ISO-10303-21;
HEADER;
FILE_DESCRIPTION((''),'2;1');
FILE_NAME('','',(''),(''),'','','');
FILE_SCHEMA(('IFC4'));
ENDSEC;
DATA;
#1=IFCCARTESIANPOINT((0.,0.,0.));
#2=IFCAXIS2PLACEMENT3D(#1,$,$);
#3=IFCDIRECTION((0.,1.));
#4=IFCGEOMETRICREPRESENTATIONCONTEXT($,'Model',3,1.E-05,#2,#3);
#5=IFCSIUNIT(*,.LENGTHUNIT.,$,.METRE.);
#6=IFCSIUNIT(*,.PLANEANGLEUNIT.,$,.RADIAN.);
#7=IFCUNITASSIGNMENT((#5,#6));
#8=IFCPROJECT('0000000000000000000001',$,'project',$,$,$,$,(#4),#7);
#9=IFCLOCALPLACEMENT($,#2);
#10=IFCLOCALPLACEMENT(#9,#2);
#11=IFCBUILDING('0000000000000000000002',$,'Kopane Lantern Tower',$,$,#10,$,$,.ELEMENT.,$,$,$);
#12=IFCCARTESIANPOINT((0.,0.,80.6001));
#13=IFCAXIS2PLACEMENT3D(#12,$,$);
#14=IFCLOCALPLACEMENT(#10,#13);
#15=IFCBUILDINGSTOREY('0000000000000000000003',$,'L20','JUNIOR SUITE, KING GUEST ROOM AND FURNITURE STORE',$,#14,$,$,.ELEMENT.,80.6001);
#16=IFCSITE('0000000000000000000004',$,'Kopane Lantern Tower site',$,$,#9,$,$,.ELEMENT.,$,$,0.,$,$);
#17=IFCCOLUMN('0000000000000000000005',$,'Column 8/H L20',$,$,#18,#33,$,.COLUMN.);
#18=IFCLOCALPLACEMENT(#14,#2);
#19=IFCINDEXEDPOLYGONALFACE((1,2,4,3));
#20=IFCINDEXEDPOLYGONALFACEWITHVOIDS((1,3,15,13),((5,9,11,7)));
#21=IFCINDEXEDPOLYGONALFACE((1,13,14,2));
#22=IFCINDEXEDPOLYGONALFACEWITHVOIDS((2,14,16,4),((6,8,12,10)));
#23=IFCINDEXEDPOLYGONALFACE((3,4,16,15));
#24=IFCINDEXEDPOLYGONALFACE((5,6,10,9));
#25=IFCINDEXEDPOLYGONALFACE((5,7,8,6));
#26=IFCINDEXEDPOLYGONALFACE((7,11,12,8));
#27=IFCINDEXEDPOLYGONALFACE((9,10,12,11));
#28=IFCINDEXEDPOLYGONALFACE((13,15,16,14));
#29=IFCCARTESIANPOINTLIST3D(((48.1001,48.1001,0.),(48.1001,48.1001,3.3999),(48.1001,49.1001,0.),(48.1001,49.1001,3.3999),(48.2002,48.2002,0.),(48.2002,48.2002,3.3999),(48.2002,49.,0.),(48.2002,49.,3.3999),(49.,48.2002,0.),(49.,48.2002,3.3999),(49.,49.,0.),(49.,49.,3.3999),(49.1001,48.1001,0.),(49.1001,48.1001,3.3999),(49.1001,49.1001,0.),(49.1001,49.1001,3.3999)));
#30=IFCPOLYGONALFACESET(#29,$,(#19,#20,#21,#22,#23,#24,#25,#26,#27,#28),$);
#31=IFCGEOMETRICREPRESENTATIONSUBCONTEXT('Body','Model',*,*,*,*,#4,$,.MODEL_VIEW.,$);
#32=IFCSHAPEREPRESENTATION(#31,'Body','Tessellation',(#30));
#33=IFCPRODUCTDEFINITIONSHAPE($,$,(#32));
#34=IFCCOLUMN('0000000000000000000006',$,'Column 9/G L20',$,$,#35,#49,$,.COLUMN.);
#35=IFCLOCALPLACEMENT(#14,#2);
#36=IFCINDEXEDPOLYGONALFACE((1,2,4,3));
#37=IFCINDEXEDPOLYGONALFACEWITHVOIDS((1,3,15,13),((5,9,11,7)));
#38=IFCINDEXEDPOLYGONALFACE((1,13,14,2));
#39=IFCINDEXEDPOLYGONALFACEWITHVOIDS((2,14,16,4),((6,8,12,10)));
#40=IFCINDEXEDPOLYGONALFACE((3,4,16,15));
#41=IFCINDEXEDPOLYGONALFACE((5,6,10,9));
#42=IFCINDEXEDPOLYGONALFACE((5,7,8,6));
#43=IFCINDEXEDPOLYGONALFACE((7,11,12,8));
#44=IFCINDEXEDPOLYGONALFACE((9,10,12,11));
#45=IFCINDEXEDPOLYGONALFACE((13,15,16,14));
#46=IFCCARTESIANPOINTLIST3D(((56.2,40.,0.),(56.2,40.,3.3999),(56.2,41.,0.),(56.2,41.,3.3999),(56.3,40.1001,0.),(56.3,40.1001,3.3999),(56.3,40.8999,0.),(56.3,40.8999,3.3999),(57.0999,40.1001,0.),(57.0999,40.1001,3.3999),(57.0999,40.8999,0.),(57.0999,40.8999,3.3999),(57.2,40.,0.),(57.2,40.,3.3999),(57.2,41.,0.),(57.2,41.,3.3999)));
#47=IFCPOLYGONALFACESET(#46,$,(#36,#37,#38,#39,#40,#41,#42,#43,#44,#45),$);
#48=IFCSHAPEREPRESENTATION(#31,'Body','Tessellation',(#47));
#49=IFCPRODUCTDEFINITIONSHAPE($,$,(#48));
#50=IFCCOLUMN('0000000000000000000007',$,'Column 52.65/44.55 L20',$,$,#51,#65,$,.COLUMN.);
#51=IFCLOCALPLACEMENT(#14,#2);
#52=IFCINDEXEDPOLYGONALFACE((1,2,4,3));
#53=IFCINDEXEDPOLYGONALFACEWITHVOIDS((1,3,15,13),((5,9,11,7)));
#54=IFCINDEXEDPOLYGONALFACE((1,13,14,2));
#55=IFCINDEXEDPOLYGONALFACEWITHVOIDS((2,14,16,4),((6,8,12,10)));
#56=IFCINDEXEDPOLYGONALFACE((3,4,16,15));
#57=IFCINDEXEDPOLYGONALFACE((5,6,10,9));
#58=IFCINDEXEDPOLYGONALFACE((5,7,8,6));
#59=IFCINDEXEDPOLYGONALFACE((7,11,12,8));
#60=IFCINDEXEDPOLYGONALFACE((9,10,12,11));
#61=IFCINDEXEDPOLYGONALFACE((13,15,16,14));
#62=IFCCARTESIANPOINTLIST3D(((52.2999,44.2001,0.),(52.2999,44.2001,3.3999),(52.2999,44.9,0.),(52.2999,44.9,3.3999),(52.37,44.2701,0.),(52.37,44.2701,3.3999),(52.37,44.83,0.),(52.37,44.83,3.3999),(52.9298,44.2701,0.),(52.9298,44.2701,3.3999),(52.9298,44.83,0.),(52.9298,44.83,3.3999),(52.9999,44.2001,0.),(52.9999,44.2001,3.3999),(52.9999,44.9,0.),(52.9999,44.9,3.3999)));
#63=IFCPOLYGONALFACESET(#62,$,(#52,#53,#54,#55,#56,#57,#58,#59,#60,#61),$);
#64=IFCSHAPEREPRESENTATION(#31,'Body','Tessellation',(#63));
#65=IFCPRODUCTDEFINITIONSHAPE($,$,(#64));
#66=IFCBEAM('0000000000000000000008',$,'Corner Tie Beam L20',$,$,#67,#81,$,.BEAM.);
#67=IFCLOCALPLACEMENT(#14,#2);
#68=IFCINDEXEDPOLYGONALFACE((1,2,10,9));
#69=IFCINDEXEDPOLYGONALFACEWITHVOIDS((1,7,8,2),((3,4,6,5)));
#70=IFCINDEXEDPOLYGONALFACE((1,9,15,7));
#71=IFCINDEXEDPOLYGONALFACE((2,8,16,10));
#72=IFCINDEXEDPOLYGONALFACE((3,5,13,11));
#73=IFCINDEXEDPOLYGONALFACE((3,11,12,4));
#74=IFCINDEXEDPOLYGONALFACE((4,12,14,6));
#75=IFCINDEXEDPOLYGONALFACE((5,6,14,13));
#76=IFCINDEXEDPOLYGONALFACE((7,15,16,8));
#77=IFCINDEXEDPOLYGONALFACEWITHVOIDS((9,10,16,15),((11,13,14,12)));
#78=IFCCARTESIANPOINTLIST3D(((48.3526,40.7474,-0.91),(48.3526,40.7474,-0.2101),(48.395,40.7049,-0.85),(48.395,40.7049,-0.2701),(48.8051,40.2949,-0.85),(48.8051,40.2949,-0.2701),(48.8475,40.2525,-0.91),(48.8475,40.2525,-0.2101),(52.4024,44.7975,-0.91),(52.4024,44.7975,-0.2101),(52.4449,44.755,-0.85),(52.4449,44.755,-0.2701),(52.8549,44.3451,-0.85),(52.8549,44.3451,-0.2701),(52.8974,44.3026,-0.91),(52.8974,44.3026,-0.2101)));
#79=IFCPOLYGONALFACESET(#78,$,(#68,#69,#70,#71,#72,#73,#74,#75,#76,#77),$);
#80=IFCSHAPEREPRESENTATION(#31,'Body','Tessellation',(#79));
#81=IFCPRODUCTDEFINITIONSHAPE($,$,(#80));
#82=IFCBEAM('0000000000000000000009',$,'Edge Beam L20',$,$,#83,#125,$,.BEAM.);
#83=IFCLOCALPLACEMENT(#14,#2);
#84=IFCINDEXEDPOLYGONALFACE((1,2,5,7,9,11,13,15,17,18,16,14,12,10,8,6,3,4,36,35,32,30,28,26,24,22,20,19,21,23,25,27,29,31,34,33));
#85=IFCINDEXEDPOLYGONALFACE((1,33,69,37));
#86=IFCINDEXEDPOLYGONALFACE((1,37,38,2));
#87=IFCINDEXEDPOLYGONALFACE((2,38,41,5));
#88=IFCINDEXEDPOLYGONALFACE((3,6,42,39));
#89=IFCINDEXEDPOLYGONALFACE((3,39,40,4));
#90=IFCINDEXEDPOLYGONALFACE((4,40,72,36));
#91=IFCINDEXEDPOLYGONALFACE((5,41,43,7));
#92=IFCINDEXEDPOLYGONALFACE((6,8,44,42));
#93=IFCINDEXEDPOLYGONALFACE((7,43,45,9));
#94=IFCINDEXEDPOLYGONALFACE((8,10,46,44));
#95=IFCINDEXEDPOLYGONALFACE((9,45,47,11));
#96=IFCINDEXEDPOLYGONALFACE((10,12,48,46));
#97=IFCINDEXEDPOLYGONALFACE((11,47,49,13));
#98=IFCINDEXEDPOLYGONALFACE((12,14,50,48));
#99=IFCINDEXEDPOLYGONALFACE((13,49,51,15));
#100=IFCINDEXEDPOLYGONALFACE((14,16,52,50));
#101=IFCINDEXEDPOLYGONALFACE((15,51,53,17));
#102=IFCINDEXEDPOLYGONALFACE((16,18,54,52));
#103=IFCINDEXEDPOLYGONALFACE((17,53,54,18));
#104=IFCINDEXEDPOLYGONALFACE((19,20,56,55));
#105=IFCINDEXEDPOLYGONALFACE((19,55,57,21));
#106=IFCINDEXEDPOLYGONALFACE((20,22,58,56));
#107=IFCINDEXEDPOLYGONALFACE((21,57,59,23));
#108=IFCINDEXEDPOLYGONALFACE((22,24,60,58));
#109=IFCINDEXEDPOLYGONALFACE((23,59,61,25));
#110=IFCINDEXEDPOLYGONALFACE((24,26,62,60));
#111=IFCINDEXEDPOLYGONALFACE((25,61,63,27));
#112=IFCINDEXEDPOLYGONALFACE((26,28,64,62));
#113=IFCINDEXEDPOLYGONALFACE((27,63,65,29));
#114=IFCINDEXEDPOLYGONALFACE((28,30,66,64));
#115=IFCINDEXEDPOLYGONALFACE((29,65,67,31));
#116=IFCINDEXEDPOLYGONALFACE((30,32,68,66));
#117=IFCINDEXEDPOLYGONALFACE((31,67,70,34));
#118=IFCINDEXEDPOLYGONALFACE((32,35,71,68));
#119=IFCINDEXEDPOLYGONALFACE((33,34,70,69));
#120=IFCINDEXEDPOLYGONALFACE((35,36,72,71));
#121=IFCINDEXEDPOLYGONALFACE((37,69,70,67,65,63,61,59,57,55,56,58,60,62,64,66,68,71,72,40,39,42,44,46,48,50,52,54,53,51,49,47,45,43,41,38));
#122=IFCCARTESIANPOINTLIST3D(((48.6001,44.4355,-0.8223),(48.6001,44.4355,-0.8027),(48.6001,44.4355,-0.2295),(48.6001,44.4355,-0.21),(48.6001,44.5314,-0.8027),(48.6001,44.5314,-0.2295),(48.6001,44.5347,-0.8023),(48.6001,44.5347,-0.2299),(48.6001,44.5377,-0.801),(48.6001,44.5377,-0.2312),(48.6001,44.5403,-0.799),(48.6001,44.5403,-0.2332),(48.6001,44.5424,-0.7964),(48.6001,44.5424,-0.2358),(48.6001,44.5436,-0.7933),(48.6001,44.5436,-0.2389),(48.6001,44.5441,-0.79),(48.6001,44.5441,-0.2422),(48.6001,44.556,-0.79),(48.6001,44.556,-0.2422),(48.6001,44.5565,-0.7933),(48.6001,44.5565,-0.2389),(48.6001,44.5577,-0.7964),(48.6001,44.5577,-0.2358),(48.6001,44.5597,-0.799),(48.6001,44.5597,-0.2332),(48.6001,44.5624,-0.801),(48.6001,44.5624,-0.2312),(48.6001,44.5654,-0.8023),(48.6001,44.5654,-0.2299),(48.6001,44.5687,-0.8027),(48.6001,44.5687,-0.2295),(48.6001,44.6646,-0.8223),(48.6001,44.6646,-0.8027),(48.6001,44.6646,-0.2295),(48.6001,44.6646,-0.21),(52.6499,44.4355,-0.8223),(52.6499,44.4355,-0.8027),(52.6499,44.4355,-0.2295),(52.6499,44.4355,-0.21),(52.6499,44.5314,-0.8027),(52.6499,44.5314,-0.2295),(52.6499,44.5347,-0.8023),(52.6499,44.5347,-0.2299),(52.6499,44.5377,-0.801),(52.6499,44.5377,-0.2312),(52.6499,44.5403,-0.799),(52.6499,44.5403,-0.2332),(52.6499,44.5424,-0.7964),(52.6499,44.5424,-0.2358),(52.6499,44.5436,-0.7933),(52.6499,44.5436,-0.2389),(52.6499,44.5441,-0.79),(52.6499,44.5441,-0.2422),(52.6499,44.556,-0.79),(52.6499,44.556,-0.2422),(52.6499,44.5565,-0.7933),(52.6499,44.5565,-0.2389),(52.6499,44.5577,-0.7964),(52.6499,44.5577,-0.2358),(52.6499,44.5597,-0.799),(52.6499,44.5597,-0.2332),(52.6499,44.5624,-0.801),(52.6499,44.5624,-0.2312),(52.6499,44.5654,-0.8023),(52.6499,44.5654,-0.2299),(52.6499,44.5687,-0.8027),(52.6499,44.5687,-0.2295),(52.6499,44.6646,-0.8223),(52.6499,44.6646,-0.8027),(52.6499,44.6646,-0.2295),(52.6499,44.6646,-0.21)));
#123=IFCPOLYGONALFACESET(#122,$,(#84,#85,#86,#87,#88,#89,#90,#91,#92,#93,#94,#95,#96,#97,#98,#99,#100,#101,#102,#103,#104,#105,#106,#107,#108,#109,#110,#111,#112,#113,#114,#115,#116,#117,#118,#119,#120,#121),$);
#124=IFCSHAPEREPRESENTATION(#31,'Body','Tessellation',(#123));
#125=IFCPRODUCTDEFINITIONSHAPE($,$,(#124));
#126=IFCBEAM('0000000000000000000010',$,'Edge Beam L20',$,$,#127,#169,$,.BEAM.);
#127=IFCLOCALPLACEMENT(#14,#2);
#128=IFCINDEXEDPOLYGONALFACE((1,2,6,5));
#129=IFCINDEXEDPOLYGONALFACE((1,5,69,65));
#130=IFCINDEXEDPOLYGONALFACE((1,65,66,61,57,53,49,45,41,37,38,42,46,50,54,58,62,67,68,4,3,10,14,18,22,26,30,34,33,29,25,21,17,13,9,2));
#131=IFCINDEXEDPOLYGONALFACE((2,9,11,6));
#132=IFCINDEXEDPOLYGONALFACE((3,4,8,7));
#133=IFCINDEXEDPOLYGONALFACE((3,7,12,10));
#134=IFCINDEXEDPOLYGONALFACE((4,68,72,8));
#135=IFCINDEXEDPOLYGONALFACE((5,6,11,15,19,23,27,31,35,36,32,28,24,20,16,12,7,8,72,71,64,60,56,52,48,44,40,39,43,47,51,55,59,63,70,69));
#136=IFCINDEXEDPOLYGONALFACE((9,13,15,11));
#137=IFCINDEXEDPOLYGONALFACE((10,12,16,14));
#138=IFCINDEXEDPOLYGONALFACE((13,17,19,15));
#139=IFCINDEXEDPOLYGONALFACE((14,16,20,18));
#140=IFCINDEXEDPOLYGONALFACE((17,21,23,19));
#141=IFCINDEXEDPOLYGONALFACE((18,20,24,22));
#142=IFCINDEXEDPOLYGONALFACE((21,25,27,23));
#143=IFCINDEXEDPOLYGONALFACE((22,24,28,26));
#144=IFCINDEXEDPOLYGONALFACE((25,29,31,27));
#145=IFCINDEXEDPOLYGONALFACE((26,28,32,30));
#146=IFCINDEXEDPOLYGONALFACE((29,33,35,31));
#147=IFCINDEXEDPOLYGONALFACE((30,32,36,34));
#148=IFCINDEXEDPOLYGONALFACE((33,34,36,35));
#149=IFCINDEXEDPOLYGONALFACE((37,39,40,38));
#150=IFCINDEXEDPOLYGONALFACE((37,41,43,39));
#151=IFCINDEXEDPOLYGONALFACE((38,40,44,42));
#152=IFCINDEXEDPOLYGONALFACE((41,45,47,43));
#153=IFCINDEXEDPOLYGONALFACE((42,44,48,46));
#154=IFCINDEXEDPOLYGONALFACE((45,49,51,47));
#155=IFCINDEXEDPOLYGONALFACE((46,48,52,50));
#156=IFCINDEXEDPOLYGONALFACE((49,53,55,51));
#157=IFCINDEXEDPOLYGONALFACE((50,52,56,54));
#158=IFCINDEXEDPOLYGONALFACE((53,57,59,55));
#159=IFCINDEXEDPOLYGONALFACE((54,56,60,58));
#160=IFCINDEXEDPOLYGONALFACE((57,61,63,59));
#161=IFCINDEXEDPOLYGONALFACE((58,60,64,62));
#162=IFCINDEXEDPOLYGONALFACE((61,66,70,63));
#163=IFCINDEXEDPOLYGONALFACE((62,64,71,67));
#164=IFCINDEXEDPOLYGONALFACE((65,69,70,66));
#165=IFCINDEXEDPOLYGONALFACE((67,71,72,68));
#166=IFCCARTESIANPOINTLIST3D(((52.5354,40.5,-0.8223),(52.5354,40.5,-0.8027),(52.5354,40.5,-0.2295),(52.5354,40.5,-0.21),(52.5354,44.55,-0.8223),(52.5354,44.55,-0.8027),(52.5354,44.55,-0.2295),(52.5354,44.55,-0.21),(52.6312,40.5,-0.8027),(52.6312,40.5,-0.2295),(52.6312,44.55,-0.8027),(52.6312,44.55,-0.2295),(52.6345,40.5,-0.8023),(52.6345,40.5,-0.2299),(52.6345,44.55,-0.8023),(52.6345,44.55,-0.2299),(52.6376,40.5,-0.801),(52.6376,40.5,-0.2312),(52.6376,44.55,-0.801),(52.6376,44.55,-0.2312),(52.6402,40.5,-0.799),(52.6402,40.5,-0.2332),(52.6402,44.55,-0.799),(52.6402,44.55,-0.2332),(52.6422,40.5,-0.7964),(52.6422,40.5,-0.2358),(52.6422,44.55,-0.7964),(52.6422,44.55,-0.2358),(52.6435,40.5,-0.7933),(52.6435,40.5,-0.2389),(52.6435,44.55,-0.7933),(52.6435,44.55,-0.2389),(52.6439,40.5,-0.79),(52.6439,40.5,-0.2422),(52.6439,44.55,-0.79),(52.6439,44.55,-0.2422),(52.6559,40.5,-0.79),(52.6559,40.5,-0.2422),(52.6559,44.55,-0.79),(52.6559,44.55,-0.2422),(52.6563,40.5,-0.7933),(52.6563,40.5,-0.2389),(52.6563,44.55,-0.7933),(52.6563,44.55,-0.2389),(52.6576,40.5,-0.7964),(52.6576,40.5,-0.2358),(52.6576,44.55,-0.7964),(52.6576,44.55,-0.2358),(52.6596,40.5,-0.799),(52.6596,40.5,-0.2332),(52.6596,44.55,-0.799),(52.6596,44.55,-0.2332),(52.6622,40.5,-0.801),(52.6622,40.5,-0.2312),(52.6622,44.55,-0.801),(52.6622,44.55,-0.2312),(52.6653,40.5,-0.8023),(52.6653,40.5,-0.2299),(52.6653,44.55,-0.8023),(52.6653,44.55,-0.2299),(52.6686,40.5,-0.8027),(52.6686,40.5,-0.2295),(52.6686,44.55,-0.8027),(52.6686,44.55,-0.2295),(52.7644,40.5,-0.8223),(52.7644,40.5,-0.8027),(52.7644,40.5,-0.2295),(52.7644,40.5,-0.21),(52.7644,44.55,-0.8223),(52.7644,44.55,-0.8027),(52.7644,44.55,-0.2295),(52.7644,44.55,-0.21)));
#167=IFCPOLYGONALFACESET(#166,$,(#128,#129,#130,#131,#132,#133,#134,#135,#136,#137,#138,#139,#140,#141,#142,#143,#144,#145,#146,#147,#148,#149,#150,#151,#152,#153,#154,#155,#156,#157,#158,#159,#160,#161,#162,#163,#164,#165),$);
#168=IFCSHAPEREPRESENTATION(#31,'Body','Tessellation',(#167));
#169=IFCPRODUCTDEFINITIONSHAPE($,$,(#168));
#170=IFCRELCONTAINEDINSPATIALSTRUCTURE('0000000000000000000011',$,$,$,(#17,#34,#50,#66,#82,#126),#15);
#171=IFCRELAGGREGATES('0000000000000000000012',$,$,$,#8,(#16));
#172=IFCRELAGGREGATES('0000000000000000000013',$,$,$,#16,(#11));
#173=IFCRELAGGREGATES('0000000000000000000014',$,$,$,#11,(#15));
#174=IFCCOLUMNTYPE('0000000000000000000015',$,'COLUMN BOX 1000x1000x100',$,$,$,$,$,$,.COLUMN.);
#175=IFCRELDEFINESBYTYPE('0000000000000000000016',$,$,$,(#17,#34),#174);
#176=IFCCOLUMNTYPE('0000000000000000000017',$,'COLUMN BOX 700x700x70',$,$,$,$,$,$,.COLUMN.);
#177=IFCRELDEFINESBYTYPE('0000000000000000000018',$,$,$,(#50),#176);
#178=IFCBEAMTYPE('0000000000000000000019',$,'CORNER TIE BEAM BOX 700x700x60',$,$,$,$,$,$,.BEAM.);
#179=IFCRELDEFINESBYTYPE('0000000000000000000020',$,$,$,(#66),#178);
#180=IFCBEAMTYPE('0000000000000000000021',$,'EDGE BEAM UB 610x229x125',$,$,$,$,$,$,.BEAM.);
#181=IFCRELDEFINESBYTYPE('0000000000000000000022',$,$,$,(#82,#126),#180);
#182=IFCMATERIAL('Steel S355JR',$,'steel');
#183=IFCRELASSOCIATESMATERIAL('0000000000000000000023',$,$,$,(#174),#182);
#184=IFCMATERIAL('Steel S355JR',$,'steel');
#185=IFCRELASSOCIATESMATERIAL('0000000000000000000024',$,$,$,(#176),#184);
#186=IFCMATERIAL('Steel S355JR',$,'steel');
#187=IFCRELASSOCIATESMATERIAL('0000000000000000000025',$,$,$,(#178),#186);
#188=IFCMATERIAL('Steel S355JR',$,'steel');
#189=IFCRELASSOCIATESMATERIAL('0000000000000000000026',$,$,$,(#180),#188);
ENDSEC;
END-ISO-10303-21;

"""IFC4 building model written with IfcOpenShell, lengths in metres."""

from ifc_helpers import new_model, si_unit, direction, frame, origin, origin_2d, place, context, subcontext, project, spatial, hollow_rectangle, i_section, extrude, material, material_profile, profile_set, type_object, element, save


model = new_model("IFC4")

# Units and contexts
model_context = context("Model", 3, precision=1e-05, world=origin(), true_north=direction((0.0, 1.0)))
body_context = subcontext(model_context, "Body", "Model", "MODEL_VIEW")
ifc_project = project(units=[si_unit("LENGTHUNIT", "METRE"), si_unit("PLANEANGLEUNIT", "RADIAN")], contexts=[model_context])

# Site, building, storey
site_placement = place(None, origin())
site = spatial("IfcSite", under=ifc_project, at=site_placement, Name="Kopane Lantern Tower site", CompositionType="ELEMENT", RefElevation=0.0)
building_placement = place(site_placement, origin())
building = spatial("IfcBuilding", under=site, at=building_placement, Name="Kopane Lantern Tower", CompositionType="ELEMENT")
storey_placement = place(building_placement, frame((0.0, 0.0, 80.6001)))
storey = spatial("IfcBuildingStorey", under=building, at=storey_placement, Name="L20", Description="JUNIOR SUITE, KING GUEST ROOM AND FURNITURE STORE", CompositionType="ELEMENT", Elevation=80.6001)

# Columns
ifc_material_1 = material(Name="Steel S355JR", Category="steel")
ifc_material_profile_1 = material_profile(ifc_material_1, hollow_rectangle(XDim=1.0, YDim=1.0, WallThickness=0.1001, at=origin_2d()), Name="BOX 1000x1000x100")
ifc_profile_set_1 = profile_set([ifc_material_profile_1], Name="Steel S355JR")
column_type_1 = type_object("IfcColumnType", Name="COLUMN BOX 1000x1000x100", PredefinedType="COLUMN", material=ifc_profile_set_1)
for number, where, z_axis, x_axis, name in (
    (1, (48.6001, 48.6001, 0.0), (0.0, 0.0, 1.0), (1.0, 0.0, 0.0), "Column 8/H L20"),
    (2, (56.7, 40.5, 0.0), (0.0, 0.0, 1.0), (1.0, 0.0, 0.0), "Column 9/G L20"),
):
    element("IfcColumn", number, at=place(storey_placement, frame(where, z_axis=z_axis, x_axis=x_axis)), inside=storey, type_object=column_type_1, Name=name, PredefinedType="COLUMN", context=body_context, shape_type="SweptSolid", body=[
        extrude(hollow_rectangle(XDim=1.0, YDim=1.0, WallThickness=0.1001, at=origin_2d()), origin(), (0.0, 0.0, 1.0), 3.3999),
    ])
ifc_material_2 = material(Name="Steel S355JR", Category="steel")
ifc_material_profile_2 = material_profile(ifc_material_2, hollow_rectangle(XDim=0.7, YDim=0.7, WallThickness=0.0701, at=origin_2d()), Name="BOX 700x700x70")
ifc_profile_set_2 = profile_set([ifc_material_profile_2], Name="Steel S355JR")
column_type_2 = type_object("IfcColumnType", Name="COLUMN BOX 700x700x70", PredefinedType="COLUMN", material=ifc_profile_set_2)
column_placement = place(storey_placement, frame((52.6499, 44.55, 0.0), z_axis=(0.0, 0.0, 1.0), x_axis=(1.0, 0.0, 0.0)))
element("IfcColumn", 3, at=column_placement, inside=storey, type_object=column_type_2, Name="Column 52.65/44.55 L20", PredefinedType="COLUMN", context=body_context, shape_type="SweptSolid", body=[
    extrude(hollow_rectangle(XDim=0.7, YDim=0.7, WallThickness=0.0701, at=origin_2d()), origin(), (0.0, 0.0, 1.0), 3.3999),
])

# Beams
ifc_material_3 = material(Name="Steel S355JR", Category="steel")
ifc_material_profile_3 = material_profile(ifc_material_3, hollow_rectangle(XDim=0.7, YDim=0.7, WallThickness=0.0601, at=origin_2d()), Name="BOX 700x700x60")
ifc_profile_set_3 = profile_set([ifc_material_profile_3], Name="Steel S355JR")
beam_type_1 = type_object("IfcBeamType", Name="CORNER TIE BEAM BOX 700x700x60", PredefinedType="BEAM", material=ifc_profile_set_3)
beam_1_placement = place(storey_placement, frame((52.6499, 44.55, -0.5601), z_axis=(-0.707085, -0.707128, 0.0), x_axis=(0.707128, -0.707085, 0.0)))
element("IfcBeam", 4, at=beam_1_placement, inside=storey, type_object=beam_type_1, Name="Corner Tie Beam L20", PredefinedType="BEAM", context=body_context, shape_type="SweptSolid", body=[
    extrude(hollow_rectangle(XDim=0.7, YDim=0.7, WallThickness=0.0601, at=origin_2d()), origin(), (0.0, 0.0, 1.0), 5.7275),
])
ifc_material_4 = material(Name="Steel S355JR", Category="steel")
ifc_material_profile_4 = material_profile(ifc_material_4, i_section(OverallWidth=0.229, OverallDepth=0.6123, WebThickness=0.012, FlangeThickness=0.0195, FilletRadius=0.0127, at=origin_2d()), Name="UB 610x229x125")
ifc_profile_set_4 = profile_set([ifc_material_profile_4], Name="Steel S355JR")
beam_type_2 = type_object("IfcBeamType", Name="EDGE BEAM UB 610x229x125", PredefinedType="BEAM", material=ifc_profile_set_4)
beam_2_placement = place(storey_placement, frame((52.6499, 44.55, -0.5161), z_axis=(-1.0, 0.0, 0.0), x_axis=(0.0, -1.0, 0.0)))
element("IfcBeam", 5, at=beam_2_placement, inside=storey, type_object=beam_type_2, Name="Edge Beam L20", PredefinedType="BEAM", context=body_context, shape_type="SweptSolid", body=[
    extrude(i_section(OverallWidth=0.229, OverallDepth=0.6123, WebThickness=0.012, FlangeThickness=0.0195, FilletRadius=0.0127, at=origin_2d()), origin(), (0.0, 0.0, 1.0), 4.0498),
])
beam_3_placement = place(storey_placement, frame((52.6499, 44.55, -0.5161), z_axis=(0.0, -1.0, 0.0), x_axis=(1.0, 0.0, 0.0)))
element("IfcBeam", 6, at=beam_3_placement, inside=storey, type_object=beam_type_2, Name="Edge Beam L20", PredefinedType="BEAM", context=body_context, shape_type="SweptSolid", body=[
    extrude(i_section(OverallWidth=0.229, OverallDepth=0.6123, WebThickness=0.012, FlangeThickness=0.0195, FilletRadius=0.0127, at=origin_2d()), origin(), (0.0, 0.0, 1.0), 4.05),
])

save(model, "model.ifc")
